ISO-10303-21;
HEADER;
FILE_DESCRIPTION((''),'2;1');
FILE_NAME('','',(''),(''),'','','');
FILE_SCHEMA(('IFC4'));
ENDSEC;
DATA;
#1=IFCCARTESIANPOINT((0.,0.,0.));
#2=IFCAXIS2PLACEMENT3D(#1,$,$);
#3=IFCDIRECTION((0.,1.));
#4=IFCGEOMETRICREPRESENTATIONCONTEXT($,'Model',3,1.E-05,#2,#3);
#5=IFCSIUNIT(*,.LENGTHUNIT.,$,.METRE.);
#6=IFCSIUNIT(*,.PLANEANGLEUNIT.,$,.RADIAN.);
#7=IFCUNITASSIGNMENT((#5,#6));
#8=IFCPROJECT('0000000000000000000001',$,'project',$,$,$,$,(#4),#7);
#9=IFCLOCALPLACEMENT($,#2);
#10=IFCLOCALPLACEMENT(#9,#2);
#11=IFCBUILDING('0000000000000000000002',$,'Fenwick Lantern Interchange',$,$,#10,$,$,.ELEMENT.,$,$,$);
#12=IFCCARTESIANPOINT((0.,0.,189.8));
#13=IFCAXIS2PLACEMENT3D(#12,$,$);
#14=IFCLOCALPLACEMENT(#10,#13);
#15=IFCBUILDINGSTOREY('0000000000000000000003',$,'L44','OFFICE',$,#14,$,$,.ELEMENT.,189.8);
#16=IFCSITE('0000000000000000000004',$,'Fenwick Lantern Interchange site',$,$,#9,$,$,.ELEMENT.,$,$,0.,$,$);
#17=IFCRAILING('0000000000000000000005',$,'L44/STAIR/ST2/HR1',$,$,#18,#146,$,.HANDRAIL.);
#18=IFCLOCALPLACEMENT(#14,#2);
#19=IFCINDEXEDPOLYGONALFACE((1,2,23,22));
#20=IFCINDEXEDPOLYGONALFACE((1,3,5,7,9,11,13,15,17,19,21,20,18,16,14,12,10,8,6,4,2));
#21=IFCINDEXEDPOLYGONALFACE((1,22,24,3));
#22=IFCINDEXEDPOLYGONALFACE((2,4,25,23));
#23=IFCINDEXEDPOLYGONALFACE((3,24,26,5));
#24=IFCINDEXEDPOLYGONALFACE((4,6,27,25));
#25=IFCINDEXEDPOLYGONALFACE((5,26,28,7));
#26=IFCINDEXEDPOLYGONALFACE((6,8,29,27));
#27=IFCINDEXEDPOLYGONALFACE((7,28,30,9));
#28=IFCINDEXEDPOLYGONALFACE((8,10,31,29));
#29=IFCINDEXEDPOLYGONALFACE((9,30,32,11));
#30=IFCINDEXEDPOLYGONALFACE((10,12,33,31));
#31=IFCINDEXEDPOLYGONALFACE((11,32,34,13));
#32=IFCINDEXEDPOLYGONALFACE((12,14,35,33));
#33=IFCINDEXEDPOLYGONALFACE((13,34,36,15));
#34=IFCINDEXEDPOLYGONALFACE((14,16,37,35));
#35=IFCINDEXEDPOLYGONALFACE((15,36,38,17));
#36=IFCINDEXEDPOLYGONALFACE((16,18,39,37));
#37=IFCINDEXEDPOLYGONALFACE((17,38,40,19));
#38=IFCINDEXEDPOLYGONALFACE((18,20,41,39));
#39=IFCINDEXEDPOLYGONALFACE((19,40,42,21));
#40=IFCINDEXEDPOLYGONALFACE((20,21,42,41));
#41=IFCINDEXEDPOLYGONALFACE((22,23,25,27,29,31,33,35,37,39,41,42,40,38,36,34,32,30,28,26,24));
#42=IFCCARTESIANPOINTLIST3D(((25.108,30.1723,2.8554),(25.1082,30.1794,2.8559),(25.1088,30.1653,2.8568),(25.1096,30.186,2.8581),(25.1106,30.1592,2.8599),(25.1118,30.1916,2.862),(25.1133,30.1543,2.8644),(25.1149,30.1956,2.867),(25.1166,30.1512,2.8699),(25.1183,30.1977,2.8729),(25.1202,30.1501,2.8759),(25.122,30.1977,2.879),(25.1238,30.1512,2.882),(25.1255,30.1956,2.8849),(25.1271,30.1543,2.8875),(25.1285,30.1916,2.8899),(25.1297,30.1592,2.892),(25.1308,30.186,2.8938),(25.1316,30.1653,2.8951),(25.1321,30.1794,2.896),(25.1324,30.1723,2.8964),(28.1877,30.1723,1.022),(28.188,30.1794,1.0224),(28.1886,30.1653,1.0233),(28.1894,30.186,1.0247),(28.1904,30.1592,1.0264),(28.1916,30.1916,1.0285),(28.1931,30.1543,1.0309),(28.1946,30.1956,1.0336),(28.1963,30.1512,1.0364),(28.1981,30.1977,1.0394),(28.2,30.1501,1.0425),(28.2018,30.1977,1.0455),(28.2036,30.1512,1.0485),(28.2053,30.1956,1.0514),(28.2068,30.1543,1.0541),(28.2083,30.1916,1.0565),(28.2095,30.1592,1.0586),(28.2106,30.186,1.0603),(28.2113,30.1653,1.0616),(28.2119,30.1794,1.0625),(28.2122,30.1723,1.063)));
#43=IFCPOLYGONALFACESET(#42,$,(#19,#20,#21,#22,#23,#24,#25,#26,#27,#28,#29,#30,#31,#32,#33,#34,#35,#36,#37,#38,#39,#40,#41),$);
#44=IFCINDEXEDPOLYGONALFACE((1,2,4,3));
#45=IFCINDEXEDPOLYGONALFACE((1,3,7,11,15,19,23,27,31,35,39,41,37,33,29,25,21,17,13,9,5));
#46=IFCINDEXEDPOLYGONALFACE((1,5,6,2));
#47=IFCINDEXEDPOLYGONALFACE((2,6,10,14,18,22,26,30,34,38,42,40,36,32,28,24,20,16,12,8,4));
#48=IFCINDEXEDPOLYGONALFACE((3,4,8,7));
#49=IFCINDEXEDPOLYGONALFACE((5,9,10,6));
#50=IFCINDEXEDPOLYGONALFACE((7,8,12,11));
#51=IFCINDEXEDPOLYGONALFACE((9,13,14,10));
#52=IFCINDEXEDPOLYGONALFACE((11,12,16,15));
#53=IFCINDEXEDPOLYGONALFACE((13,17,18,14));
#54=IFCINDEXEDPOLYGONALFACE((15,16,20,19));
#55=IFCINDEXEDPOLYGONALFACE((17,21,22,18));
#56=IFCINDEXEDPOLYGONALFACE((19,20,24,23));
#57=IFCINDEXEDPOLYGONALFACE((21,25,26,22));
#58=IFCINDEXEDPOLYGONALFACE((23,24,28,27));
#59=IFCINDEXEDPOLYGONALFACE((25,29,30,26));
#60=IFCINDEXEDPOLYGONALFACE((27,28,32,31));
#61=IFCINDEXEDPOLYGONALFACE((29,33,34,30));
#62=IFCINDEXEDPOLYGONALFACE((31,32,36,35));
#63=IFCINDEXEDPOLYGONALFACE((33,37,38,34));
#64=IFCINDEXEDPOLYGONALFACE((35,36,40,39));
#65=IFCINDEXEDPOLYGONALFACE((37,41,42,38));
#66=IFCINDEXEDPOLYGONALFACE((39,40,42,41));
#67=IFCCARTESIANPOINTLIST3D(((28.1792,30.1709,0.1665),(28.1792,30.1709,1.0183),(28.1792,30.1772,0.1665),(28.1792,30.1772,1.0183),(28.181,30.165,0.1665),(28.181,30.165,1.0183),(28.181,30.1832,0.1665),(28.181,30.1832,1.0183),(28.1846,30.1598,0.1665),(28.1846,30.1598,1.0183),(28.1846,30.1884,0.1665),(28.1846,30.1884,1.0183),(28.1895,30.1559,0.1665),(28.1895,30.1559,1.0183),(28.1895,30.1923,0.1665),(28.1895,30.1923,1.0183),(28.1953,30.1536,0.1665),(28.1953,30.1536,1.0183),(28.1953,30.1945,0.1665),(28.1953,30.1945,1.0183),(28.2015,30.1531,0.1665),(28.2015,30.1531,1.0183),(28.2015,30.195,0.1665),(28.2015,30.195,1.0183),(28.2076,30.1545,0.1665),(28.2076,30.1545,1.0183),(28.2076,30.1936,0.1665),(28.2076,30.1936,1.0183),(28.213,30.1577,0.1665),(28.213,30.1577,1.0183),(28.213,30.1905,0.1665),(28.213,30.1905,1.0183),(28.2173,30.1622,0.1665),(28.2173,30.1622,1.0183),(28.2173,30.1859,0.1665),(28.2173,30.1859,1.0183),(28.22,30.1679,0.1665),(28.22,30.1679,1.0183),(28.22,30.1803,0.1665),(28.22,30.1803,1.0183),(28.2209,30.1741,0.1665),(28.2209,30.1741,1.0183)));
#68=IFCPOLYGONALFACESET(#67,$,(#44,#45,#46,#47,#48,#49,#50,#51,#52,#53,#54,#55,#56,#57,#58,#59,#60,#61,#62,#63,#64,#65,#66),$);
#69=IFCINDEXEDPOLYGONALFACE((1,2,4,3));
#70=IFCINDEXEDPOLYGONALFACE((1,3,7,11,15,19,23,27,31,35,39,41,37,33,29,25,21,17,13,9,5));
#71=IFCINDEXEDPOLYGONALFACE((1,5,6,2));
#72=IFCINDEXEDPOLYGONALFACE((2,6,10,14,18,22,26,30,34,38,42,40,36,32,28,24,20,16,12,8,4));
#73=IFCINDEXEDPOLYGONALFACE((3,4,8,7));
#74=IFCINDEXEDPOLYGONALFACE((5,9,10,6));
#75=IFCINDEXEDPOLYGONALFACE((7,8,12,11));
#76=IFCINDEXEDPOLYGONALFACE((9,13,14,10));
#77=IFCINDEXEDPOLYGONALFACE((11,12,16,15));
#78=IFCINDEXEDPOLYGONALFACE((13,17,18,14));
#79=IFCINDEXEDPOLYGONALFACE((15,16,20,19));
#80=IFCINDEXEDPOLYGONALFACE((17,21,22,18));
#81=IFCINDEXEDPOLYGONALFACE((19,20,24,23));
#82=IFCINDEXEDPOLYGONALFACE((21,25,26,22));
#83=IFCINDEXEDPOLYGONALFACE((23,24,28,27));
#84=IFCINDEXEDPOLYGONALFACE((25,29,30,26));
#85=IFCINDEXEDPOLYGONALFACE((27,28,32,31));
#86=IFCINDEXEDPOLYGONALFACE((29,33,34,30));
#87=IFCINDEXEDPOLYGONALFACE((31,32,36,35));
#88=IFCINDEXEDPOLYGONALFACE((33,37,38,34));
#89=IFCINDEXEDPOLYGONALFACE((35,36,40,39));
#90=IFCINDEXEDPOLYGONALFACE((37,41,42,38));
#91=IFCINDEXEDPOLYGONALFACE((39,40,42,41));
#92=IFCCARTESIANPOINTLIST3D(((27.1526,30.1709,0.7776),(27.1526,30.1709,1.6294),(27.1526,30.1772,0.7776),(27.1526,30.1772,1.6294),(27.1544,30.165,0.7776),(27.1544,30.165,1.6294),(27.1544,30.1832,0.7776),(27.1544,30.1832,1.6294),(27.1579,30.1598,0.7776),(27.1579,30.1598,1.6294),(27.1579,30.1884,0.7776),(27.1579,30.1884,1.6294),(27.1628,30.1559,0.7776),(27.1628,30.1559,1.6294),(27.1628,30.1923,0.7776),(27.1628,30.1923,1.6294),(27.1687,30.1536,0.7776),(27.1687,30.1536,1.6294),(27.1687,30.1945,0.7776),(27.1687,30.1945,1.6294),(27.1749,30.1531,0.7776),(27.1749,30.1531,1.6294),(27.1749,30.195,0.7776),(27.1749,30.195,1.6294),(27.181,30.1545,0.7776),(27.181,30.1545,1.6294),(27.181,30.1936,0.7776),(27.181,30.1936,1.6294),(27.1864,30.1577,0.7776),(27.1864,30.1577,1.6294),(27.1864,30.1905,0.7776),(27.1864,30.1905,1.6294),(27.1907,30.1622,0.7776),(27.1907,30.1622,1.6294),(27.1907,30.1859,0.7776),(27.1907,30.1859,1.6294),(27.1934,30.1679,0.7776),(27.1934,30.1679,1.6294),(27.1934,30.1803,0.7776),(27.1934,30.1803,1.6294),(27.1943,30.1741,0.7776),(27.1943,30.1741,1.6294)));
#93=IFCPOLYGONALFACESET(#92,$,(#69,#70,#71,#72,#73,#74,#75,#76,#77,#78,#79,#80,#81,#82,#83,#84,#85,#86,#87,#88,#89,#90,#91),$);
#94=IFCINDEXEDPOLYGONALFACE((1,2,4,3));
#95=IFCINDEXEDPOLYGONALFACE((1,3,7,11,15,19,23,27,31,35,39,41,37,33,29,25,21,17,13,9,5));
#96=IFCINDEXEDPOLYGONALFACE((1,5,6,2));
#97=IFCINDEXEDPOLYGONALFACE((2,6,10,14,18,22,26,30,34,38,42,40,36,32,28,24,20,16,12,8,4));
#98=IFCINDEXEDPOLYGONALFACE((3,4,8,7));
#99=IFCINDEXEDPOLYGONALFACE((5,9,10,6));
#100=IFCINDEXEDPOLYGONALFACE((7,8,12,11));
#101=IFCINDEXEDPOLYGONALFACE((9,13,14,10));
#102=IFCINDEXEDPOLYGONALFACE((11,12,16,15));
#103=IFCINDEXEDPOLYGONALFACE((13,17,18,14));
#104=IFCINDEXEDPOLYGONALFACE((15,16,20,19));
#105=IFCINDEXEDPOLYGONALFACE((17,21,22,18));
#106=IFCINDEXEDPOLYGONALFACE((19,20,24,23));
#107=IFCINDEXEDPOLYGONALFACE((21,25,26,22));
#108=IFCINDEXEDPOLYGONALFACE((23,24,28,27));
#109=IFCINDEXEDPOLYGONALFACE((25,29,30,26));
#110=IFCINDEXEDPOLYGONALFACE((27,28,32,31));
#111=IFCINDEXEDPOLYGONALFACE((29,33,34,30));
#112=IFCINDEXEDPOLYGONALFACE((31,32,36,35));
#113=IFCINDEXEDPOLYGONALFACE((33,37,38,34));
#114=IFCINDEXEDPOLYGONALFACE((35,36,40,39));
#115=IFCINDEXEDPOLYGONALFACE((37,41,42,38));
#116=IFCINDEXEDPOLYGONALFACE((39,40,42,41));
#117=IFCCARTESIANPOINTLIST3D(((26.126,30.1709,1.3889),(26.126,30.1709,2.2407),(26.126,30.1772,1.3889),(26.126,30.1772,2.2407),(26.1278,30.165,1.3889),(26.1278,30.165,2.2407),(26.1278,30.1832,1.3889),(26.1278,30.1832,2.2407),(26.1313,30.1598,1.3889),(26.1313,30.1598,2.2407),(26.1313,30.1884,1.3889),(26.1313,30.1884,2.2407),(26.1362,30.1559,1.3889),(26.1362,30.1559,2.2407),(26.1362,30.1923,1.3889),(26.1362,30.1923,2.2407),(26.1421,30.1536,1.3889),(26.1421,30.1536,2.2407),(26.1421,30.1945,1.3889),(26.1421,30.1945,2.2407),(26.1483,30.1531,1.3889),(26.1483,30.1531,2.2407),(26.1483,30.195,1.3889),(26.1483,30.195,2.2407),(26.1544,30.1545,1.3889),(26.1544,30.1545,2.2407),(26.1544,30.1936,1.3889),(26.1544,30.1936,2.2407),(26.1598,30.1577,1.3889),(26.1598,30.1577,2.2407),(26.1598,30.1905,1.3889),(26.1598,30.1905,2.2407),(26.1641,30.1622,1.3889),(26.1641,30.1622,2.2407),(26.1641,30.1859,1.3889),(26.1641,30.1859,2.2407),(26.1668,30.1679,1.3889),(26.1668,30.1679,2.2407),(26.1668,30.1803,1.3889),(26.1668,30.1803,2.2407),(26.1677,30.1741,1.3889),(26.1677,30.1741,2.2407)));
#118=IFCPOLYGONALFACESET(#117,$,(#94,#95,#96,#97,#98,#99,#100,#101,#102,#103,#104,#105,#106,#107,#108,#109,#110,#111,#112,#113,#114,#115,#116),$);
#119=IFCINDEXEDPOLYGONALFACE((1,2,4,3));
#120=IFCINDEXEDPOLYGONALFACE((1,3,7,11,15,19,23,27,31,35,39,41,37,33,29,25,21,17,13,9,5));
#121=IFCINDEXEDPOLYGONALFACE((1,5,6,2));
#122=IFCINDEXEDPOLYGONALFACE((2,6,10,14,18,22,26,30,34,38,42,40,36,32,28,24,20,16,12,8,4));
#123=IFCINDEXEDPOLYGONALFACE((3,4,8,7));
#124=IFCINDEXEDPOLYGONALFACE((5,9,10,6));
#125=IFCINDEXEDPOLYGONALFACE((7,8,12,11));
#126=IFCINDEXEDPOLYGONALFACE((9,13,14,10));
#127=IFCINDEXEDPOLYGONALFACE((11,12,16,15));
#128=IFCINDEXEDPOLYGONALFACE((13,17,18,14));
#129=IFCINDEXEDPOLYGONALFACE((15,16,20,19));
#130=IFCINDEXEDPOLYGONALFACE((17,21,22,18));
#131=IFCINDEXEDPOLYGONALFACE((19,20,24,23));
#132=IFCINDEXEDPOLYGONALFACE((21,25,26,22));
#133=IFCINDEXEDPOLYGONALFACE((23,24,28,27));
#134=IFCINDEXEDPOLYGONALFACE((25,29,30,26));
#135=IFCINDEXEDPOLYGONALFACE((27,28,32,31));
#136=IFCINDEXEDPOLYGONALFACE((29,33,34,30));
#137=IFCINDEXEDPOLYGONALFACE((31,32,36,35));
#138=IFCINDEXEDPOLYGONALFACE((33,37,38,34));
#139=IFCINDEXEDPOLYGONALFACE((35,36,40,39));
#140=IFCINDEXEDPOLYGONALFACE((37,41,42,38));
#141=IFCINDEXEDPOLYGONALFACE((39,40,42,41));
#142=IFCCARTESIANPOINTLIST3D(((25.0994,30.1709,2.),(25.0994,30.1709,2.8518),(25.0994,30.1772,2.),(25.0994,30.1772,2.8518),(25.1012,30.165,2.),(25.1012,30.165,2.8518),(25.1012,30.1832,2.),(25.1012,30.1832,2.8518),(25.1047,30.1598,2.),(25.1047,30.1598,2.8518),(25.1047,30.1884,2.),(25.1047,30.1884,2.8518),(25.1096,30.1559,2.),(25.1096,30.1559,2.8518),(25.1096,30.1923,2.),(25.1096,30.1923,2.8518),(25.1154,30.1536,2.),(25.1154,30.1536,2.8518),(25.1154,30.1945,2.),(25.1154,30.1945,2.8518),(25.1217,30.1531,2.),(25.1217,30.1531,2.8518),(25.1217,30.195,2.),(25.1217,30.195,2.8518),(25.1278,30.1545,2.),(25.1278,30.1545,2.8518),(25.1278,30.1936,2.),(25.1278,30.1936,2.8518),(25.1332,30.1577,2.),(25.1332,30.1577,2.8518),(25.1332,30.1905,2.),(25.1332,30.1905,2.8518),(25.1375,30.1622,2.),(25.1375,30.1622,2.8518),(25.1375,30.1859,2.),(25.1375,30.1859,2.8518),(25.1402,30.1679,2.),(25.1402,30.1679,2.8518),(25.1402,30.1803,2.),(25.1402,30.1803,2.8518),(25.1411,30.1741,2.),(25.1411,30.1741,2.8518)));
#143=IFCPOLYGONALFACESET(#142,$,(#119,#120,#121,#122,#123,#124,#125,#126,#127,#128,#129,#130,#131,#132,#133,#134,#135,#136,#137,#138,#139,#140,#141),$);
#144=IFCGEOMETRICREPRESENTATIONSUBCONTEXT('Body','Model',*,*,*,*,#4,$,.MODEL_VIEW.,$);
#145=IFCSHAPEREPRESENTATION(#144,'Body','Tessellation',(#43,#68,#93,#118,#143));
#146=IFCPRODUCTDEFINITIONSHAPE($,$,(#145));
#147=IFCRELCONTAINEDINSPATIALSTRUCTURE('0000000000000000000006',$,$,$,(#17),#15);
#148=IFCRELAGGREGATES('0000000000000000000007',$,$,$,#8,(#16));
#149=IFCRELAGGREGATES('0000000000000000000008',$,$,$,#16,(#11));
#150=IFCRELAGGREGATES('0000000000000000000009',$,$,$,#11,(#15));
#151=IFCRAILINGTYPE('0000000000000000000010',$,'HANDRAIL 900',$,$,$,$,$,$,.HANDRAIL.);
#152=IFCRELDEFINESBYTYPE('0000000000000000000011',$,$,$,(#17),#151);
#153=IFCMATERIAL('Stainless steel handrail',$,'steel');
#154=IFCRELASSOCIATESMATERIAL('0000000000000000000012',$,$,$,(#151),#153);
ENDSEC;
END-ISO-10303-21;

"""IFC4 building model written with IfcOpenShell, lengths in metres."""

from ifc_helpers import new_model, si_unit, direction, frame, origin, origin_2d, place, context, subcontext, project, spatial, circle, extrude, material, type_object, element, save


model = new_model("IFC4")

# Units and contexts
model_context = context("Model", 3, precision=1e-05, world=origin(), true_north=direction((0.0, 1.0)))
body_context = subcontext(model_context, "Body", "Model", "MODEL_VIEW")
ifc_project = project(units=[si_unit("LENGTHUNIT", "METRE"), si_unit("PLANEANGLEUNIT", "RADIAN")], contexts=[model_context])

# Site, building, storey
site_placement = place(None, origin())
site = spatial("IfcSite", under=ifc_project, at=site_placement, Name="Fenwick Lantern Interchange site", CompositionType="ELEMENT", RefElevation=0.0)
building_placement = place(site_placement, origin())
building = spatial("IfcBuilding", under=site, at=building_placement, Name="Fenwick Lantern Interchange", CompositionType="ELEMENT")
storey_placement = place(building_placement, frame((0.0, 0.0, 189.8)))
storey = spatial("IfcBuildingStorey", under=building, at=storey_placement, Name="L44", Description="OFFICE", CompositionType="ELEMENT", Elevation=189.8)

# Railing
ifc_material_1 = material(Name="Stainless steel handrail", Category="steel")
railing_type = type_object("IfcRailingType", Name="HANDRAIL 900", PredefinedType="HANDRAIL", material=ifc_material_1)
railing_1_placement = place(storey_placement, frame((28.2, 30.1741, 0.1665)))
element("IfcRailing", 1, at=railing_1_placement, inside=storey, type_object=railing_type, Name="L44/STAIR/ST2/HR1", PredefinedType="HANDRAIL", context=body_context, shape_type="SweptSolid", body=[
    extrude(circle(Radius=0.0239, at=origin_2d()), frame((0.0, 0.0, 0.876), z_axis=(-0.859261, 0.0, 0.511538), x_axis=(0.0, -1.0, 0.0)), (0.0, 0.0, 1.0), 3.5842),
    extrude(circle(Radius=0.021, at=origin_2d()), origin(), (0.0, 0.0, 1.0), 0.8518),
    extrude(circle(Radius=0.021, at=origin_2d()), frame((-1.0266, 0.0, 0.6111)), (0.0, 0.0, 1.0), 0.8518),
    extrude(circle(Radius=0.021, at=origin_2d()), frame((-2.0532, 0.0, 1.2224)), (0.0, 0.0, 1.0), 0.8518),
    extrude(circle(Radius=0.021, at=origin_2d()), frame((-3.0798, 0.0, 1.8335)), (0.0, 0.0, 1.0), 0.8518),
])

save(model, "model.ifc")
